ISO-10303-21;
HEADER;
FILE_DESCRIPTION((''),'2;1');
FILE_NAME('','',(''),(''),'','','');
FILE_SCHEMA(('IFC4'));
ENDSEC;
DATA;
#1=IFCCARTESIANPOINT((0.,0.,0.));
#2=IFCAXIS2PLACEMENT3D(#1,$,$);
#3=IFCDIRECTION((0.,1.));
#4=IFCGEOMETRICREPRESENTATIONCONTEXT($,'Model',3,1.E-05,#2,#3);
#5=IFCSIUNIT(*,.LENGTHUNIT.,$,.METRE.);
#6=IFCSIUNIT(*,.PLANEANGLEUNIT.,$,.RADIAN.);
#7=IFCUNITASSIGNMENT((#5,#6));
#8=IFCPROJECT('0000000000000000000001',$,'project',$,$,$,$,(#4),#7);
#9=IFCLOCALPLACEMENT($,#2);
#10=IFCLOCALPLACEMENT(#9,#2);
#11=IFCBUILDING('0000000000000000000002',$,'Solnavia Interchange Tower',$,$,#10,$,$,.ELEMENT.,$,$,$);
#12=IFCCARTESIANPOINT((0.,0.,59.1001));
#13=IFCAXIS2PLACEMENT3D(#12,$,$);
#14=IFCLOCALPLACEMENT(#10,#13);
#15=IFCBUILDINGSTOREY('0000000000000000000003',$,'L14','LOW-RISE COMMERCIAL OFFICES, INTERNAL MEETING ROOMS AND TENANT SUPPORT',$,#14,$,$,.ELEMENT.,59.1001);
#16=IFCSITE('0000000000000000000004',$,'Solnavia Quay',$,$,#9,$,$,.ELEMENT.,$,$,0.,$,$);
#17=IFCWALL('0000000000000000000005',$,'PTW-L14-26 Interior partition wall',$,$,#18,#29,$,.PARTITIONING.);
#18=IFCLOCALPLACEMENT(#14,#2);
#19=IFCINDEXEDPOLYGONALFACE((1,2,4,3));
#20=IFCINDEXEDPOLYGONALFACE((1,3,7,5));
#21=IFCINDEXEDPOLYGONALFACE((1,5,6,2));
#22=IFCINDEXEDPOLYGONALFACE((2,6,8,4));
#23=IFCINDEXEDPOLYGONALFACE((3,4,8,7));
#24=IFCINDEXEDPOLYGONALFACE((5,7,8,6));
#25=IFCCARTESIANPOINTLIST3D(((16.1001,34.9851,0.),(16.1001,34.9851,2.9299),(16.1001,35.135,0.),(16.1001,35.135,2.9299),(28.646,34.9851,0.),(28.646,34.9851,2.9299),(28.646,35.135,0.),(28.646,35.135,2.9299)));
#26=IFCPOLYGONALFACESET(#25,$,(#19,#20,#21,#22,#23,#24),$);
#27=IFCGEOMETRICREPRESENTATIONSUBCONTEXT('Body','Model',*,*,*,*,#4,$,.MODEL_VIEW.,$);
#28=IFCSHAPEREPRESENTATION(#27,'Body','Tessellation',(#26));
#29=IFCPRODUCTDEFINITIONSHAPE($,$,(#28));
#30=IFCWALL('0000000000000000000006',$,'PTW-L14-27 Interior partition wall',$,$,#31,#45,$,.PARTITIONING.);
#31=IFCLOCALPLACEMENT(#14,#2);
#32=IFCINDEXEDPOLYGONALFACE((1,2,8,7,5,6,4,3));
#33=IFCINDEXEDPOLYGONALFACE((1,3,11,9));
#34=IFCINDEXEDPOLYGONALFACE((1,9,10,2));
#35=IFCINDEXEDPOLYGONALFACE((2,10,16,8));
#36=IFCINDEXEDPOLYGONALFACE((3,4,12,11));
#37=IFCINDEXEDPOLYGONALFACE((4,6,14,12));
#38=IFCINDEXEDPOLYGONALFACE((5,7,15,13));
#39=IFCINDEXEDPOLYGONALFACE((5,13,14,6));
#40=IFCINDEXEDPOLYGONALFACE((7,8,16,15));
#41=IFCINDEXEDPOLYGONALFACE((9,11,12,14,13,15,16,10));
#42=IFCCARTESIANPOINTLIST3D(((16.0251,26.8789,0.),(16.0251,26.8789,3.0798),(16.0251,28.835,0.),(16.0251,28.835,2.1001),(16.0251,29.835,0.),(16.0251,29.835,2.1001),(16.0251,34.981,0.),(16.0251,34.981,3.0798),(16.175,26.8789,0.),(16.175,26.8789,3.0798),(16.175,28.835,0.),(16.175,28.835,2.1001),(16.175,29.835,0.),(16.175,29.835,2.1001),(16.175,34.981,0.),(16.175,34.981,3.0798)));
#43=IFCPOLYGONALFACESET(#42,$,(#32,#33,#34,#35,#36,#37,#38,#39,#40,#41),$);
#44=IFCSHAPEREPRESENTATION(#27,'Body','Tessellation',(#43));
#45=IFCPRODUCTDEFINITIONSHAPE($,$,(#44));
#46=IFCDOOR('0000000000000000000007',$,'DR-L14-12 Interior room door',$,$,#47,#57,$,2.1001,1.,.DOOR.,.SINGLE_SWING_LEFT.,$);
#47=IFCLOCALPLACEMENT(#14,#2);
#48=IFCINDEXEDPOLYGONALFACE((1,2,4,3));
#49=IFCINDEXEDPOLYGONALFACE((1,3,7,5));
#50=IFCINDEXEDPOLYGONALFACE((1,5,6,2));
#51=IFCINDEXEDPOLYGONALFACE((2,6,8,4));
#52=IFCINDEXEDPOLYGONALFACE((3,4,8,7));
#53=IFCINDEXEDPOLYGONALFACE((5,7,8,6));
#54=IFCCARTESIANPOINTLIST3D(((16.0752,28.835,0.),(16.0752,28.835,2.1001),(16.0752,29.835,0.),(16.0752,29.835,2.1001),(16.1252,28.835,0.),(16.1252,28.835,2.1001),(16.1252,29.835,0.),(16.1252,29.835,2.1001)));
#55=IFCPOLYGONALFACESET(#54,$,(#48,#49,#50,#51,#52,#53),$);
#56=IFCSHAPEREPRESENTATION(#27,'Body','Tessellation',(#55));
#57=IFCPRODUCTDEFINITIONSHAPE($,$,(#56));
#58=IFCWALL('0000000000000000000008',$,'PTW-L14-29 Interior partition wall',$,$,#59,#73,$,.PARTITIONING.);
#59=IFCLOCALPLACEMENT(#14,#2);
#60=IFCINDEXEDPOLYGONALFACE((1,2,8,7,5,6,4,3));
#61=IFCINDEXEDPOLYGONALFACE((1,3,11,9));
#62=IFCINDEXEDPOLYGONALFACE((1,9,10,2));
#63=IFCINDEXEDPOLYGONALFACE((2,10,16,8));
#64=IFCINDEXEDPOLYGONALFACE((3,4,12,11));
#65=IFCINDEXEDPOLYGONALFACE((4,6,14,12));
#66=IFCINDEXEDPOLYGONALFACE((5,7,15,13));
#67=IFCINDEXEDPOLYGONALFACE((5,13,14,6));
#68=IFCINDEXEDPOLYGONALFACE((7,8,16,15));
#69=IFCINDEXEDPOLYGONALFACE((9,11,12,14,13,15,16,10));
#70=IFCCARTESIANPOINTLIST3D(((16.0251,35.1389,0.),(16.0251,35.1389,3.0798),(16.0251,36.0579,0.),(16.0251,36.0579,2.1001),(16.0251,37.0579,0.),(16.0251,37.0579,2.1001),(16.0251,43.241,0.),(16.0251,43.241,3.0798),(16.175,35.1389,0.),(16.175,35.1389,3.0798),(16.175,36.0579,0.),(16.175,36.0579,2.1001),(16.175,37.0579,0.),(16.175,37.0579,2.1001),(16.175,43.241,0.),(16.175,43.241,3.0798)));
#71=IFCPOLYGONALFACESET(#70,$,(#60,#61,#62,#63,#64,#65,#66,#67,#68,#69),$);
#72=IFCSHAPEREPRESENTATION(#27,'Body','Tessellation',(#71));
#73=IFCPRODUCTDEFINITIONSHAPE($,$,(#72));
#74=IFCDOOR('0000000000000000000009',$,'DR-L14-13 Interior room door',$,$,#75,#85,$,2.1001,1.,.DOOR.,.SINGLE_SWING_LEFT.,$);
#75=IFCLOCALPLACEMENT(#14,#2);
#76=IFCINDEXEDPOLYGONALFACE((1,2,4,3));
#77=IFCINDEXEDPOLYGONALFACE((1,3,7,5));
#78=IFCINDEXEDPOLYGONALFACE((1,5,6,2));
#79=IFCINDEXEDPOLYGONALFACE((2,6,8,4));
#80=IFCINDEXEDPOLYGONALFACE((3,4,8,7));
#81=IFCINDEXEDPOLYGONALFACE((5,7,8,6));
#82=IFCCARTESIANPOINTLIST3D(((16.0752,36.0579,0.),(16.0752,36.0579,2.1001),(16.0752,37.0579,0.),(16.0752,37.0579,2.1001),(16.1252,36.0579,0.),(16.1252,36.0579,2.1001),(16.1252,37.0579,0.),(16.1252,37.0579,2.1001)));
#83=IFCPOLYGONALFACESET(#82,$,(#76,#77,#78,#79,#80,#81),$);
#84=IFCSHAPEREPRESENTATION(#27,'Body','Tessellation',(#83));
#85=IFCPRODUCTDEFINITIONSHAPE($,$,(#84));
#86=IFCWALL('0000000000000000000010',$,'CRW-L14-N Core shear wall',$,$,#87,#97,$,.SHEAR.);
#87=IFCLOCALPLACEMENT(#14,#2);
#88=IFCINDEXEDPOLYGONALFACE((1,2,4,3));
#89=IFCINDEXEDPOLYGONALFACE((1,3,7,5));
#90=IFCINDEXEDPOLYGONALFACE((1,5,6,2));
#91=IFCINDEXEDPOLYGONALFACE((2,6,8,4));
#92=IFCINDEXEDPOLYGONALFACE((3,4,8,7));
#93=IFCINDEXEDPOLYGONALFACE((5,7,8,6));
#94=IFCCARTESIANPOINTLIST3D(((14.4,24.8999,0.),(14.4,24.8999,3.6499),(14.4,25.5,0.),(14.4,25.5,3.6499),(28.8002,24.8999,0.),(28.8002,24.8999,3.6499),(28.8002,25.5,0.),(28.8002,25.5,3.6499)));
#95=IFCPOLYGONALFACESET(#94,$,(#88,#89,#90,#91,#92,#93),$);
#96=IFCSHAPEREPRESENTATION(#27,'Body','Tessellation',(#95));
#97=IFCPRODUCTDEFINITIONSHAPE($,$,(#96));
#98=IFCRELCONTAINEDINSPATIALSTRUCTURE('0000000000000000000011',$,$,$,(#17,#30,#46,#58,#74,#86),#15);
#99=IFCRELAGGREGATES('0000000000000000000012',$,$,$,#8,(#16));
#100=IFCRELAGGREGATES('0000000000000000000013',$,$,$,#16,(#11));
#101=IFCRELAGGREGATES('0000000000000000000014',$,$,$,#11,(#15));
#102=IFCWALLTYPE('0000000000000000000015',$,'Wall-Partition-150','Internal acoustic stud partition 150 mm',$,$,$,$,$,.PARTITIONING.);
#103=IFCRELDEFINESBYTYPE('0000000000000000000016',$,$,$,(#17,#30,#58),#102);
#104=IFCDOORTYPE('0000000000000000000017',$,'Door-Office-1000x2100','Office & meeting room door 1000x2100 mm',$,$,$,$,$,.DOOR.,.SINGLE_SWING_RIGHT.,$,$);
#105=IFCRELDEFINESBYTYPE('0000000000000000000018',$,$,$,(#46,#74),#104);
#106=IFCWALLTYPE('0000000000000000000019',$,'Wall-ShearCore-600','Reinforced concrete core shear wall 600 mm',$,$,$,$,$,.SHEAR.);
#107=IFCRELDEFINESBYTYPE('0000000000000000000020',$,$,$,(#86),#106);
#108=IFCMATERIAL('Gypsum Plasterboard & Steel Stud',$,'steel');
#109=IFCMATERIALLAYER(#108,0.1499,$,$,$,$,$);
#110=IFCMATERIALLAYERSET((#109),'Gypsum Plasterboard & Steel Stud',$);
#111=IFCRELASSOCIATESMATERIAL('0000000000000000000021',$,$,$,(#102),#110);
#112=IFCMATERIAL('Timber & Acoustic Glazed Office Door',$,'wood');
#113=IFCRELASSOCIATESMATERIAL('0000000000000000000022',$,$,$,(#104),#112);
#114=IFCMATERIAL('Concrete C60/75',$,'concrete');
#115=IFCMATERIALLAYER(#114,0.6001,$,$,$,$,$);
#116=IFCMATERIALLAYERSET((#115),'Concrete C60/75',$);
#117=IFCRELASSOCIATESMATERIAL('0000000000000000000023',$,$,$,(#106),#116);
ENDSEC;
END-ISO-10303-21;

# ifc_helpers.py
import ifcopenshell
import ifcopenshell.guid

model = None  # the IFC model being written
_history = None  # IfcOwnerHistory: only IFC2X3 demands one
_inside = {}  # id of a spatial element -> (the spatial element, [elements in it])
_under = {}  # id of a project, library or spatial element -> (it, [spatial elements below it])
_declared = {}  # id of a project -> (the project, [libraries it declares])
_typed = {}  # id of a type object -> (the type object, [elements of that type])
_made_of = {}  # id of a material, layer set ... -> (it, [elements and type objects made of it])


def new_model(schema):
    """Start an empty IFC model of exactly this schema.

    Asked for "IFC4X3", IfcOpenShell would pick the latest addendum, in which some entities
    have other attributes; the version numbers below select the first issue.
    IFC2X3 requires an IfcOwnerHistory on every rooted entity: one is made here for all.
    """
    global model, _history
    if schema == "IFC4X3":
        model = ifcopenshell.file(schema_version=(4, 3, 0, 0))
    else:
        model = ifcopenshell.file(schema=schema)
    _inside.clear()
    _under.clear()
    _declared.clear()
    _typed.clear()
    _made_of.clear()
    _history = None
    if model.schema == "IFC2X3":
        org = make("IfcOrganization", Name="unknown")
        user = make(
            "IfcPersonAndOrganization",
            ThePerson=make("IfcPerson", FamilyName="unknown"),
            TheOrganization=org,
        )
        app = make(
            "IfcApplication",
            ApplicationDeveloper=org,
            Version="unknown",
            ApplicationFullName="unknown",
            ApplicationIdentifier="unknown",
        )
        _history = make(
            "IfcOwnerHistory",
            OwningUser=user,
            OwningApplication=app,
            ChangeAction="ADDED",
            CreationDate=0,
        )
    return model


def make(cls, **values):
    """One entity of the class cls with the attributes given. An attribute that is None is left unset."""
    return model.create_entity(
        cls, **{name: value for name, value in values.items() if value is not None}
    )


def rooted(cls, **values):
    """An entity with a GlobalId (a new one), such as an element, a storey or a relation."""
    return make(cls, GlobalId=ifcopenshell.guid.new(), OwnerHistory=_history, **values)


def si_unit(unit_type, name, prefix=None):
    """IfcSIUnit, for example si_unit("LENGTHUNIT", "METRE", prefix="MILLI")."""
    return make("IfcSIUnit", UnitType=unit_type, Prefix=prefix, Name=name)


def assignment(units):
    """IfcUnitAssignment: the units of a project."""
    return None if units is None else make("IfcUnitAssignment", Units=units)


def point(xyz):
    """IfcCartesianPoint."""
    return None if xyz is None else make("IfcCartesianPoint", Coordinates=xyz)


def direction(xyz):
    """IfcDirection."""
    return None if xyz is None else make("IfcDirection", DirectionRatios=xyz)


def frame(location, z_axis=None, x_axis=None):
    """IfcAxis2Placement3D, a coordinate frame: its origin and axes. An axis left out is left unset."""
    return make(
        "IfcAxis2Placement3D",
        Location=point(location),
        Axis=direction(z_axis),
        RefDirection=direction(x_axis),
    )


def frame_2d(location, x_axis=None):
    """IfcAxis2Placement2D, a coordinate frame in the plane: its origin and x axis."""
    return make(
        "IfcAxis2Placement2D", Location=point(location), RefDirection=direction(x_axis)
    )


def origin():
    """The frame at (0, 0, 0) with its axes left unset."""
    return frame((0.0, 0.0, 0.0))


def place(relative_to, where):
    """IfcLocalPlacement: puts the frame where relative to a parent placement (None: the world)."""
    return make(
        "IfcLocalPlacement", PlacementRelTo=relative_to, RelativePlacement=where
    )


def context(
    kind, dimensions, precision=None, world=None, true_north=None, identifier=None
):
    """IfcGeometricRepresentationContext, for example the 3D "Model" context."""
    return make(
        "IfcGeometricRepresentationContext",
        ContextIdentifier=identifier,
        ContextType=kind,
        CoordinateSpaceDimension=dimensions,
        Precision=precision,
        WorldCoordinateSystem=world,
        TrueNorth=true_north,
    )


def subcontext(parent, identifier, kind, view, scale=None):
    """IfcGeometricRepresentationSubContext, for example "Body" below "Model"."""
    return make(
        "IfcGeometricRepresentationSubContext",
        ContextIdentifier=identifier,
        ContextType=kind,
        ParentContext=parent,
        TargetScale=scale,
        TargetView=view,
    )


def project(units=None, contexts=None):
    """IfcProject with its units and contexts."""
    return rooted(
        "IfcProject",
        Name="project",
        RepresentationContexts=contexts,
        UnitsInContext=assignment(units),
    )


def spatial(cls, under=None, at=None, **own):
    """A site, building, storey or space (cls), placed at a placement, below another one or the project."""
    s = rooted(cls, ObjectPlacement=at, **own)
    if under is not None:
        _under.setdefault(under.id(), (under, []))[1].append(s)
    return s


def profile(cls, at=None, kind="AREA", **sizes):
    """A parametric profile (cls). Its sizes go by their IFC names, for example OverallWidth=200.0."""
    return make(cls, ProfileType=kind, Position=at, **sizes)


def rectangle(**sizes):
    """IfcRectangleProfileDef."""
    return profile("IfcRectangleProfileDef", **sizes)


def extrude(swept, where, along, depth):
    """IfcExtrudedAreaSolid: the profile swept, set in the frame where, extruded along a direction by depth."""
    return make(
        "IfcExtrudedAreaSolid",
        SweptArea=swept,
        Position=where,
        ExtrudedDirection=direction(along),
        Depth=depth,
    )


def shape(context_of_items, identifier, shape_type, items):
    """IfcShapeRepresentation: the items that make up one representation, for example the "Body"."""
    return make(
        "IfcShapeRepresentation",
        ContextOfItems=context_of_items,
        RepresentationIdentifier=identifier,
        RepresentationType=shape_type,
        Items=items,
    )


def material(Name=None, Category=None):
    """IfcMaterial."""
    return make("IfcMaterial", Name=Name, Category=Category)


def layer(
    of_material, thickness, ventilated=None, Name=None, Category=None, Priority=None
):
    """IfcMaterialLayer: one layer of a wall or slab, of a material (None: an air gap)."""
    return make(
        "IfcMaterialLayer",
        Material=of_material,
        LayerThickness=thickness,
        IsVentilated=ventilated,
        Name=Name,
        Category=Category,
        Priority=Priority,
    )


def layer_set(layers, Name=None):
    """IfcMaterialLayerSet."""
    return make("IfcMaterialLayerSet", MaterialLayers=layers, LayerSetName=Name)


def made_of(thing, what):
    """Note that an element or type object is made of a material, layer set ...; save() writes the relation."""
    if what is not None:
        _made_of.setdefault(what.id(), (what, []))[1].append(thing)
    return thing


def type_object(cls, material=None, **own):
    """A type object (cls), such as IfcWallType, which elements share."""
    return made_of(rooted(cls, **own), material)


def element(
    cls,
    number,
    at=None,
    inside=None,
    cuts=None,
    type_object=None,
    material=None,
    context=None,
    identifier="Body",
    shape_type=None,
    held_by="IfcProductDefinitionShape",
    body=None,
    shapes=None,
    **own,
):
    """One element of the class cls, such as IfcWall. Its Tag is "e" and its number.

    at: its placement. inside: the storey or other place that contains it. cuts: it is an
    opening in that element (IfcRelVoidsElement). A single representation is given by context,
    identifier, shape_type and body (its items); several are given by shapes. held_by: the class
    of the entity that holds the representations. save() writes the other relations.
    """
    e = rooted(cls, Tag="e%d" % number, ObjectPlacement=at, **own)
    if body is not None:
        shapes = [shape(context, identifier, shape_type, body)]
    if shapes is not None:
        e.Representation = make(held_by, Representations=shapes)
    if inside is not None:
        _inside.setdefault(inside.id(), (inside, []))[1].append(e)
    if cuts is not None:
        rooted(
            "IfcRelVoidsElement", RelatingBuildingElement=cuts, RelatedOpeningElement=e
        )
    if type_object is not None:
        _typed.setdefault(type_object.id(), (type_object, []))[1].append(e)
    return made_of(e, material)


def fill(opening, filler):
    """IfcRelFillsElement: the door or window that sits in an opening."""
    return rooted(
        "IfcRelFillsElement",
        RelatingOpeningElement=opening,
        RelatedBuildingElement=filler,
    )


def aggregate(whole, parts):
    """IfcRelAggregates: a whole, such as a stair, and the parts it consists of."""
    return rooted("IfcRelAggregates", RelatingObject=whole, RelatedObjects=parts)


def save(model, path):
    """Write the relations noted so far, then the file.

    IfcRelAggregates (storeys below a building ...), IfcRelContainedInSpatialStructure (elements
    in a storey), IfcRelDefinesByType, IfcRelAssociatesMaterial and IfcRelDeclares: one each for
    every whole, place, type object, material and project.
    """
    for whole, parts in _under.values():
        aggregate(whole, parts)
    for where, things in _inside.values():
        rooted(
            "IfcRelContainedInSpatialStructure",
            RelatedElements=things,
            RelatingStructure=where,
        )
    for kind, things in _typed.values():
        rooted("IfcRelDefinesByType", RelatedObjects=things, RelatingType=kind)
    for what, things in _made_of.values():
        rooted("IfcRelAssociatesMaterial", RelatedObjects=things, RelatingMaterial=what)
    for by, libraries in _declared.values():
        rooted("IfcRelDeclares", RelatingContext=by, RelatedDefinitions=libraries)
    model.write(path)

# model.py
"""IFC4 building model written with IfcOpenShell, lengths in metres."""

from ifc_helpers import new_model, si_unit, direction, frame, frame_2d, origin, place, context, subcontext, project, spatial, rectangle, extrude, material, layer, layer_set, type_object, element, fill, save


model = new_model("IFC4")

# Units and contexts
model_context = context("Model", 3, precision=1e-05, world=origin(), true_north=direction((0.0, 1.0)))
body_context = subcontext(model_context, "Body", "Model", "MODEL_VIEW")
ifc_project = project(units=[si_unit("LENGTHUNIT", "METRE"), si_unit("PLANEANGLEUNIT", "RADIAN")], contexts=[model_context])

# Site, building, storey
site_placement = place(None, origin())
site = spatial("IfcSite", under=ifc_project, at=site_placement, Name="Solnavia Quay", CompositionType="ELEMENT", RefElevation=0.0)
building_placement = place(site_placement, origin())
building = spatial("IfcBuilding", under=site, at=building_placement, Name="Solnavia Interchange Tower", CompositionType="ELEMENT")
storey_placement = place(building_placement, frame((0.0, 0.0, 59.1001)))
storey = spatial("IfcBuildingStorey", under=building, at=storey_placement, Name="L14", Description="LOW-RISE COMMERCIAL OFFICES, INTERNAL MEETING ROOMS AND TENANT SUPPORT", CompositionType="ELEMENT", Elevation=59.1001)

# Shared definitions
ifc_material_1 = material(Name="Gypsum Plasterboard & Steel Stud", Category="steel")
ifc_layer_1 = layer(ifc_material_1, 0.1499)
ifc_layer_set_1 = layer_set([ifc_layer_1], Name="Gypsum Plasterboard & Steel Stud")
wall_type_1 = type_object("IfcWallType", Name="Wall-Partition-150", Description="Internal acoustic stud partition 150 mm", PredefinedType="PARTITIONING", material=ifc_layer_set_1)
ifc_material_2 = material(Name="Timber & Acoustic Glazed Office Door", Category="wood")
door_type = type_object("IfcDoorType", Name="Door-Office-1000x2100", Description="Office & meeting room door 1000x2100 mm", OperationType="SINGLE_SWING_RIGHT", PredefinedType="DOOR", material=ifc_material_2)

# Wall
wall_1_placement = place(storey_placement, frame((16.1001, 35.0601, 0.0), z_axis=(0.0, 0.0, 1.0), x_axis=(1.0, 0.0, 0.0)))
element("IfcWall", 1, at=wall_1_placement, inside=storey, type_object=wall_type_1, Name="PTW-L14-26 Interior partition wall", PredefinedType="PARTITIONING", context=body_context, shape_type="SweptSolid", body=[
    extrude(rectangle(XDim=12.5459, YDim=0.1499, at=frame_2d((6.2729, 0.0))), origin(), (0.0, 0.0, 1.0), 2.9299),
])

# Walls, openings, doors
wall_2_placement = place(storey_placement, frame((16.1001, 26.8789, 0.0), z_axis=(0.0, 0.0, 1.0), x_axis=(0.0, 1.0, 0.0)))
wall_2 = element("IfcWall", 2, at=wall_2_placement, inside=storey, type_object=wall_type_1, Name="PTW-L14-27 Interior partition wall", PredefinedType="PARTITIONING", context=body_context, shape_type="SweptSolid", body=[
    extrude(rectangle(XDim=8.1021, YDim=0.1499, at=frame_2d((4.051, 0.0))), origin(), (0.0, 0.0, 1.0), 3.0798),
])
opening_1_placement = place(wall_2_placement, frame((1.9561, 0.0, 0.0)))
opening_1 = element("IfcOpeningElement", 3, at=opening_1_placement, cuts=wall_2, PredefinedType="OPENING", context=body_context, shape_type="SweptSolid", body=[
    extrude(rectangle(XDim=1.0, YDim=2.1001, at=frame_2d((0.5, 1.05))), frame((0.0, 0.085, 0.0), z_axis=(0.0, -1.0, 0.0), x_axis=(1.0, 0.0, 0.0)), (0.0, 0.0, 1.0), 0.1699),
])
door_1_placement = place(opening_1_placement, origin())
door_1 = element("IfcDoor", 4, at=door_1_placement, inside=storey, type_object=door_type, Name="DR-L14-12 Interior room door", OperationType="SINGLE_SWING_LEFT", OverallHeight=2.1001, OverallWidth=1.0, PredefinedType="DOOR", context=body_context, shape_type="SweptSolid", body=[
    extrude(rectangle(XDim=1.0, YDim=2.1001, at=frame_2d((0.5, 1.05))), frame((0.0, 0.0249, 0.0), z_axis=(0.0, -1.0, 0.0), x_axis=(1.0, 0.0, 0.0)), (0.0, 0.0, 1.0), 0.05),
])
fill(opening_1, door_1)
wall_3_placement = place(storey_placement, frame((16.1001, 35.1389, 0.0), z_axis=(0.0, 0.0, 1.0), x_axis=(0.0, 1.0, 0.0)))
wall_3 = element("IfcWall", 5, at=wall_3_placement, inside=storey, type_object=wall_type_1, Name="PTW-L14-29 Interior partition wall", PredefinedType="PARTITIONING", context=body_context, shape_type="SweptSolid", body=[
    extrude(rectangle(XDim=8.1021, YDim=0.1499, at=frame_2d((4.051, 0.0))), origin(), (0.0, 0.0, 1.0), 3.0798),
])
opening_2_placement = place(wall_3_placement, frame((0.9189, 0.0, 0.0)))
opening_2 = element("IfcOpeningElement", 6, at=opening_2_placement, cuts=wall_3, PredefinedType="OPENING", context=body_context, shape_type="SweptSolid", body=[
    extrude(rectangle(XDim=1.0, YDim=2.1001, at=frame_2d((0.5, 1.05))), frame((0.0, 0.085, 0.0), z_axis=(0.0, -1.0, 0.0), x_axis=(1.0, 0.0, 0.0)), (0.0, 0.0, 1.0), 0.1699),
])
door_2_placement = place(opening_2_placement, origin())
door_2 = element("IfcDoor", 7, at=door_2_placement, inside=storey, type_object=door_type, Name="DR-L14-13 Interior room door", OperationType="SINGLE_SWING_LEFT", OverallHeight=2.1001, OverallWidth=1.0, PredefinedType="DOOR", context=body_context, shape_type="SweptSolid", body=[
    extrude(rectangle(XDim=1.0, YDim=2.1001, at=frame_2d((0.5, 1.05))), frame((0.0, 0.0249, 0.0), z_axis=(0.0, -1.0, 0.0), x_axis=(1.0, 0.0, 0.0)), (0.0, 0.0, 1.0), 0.05),
])
fill(opening_2, door_2)

# Wall
ifc_material_3 = material(Name="Concrete C60/75", Category="concrete")
ifc_layer_2 = layer(ifc_material_3, 0.6001)
ifc_layer_set_2 = layer_set([ifc_layer_2], Name="Concrete C60/75")
wall_type_2 = type_object("IfcWallType", Name="Wall-ShearCore-600", Description="Reinforced concrete core shear wall 600 mm", PredefinedType="SHEAR", material=ifc_layer_set_2)
wall_4_placement = place(storey_placement, frame((14.3999, 25.2, 0.0), z_axis=(0.0, 0.0, 1.0), x_axis=(1.0, 0.0, 0.0)))
element("IfcWall", 8, at=wall_4_placement, inside=storey, type_object=wall_type_2, Name="CRW-L14-N Core shear wall", PredefinedType="SHEAR", context=body_context, shape_type="SweptSolid", body=[
    extrude(rectangle(XDim=14.4001, YDim=0.6001, at=frame_2d((7.2002, 0.0))), origin(), (0.0, 0.0, 1.0), 3.6499),
])

save(model, "model.ifc")
